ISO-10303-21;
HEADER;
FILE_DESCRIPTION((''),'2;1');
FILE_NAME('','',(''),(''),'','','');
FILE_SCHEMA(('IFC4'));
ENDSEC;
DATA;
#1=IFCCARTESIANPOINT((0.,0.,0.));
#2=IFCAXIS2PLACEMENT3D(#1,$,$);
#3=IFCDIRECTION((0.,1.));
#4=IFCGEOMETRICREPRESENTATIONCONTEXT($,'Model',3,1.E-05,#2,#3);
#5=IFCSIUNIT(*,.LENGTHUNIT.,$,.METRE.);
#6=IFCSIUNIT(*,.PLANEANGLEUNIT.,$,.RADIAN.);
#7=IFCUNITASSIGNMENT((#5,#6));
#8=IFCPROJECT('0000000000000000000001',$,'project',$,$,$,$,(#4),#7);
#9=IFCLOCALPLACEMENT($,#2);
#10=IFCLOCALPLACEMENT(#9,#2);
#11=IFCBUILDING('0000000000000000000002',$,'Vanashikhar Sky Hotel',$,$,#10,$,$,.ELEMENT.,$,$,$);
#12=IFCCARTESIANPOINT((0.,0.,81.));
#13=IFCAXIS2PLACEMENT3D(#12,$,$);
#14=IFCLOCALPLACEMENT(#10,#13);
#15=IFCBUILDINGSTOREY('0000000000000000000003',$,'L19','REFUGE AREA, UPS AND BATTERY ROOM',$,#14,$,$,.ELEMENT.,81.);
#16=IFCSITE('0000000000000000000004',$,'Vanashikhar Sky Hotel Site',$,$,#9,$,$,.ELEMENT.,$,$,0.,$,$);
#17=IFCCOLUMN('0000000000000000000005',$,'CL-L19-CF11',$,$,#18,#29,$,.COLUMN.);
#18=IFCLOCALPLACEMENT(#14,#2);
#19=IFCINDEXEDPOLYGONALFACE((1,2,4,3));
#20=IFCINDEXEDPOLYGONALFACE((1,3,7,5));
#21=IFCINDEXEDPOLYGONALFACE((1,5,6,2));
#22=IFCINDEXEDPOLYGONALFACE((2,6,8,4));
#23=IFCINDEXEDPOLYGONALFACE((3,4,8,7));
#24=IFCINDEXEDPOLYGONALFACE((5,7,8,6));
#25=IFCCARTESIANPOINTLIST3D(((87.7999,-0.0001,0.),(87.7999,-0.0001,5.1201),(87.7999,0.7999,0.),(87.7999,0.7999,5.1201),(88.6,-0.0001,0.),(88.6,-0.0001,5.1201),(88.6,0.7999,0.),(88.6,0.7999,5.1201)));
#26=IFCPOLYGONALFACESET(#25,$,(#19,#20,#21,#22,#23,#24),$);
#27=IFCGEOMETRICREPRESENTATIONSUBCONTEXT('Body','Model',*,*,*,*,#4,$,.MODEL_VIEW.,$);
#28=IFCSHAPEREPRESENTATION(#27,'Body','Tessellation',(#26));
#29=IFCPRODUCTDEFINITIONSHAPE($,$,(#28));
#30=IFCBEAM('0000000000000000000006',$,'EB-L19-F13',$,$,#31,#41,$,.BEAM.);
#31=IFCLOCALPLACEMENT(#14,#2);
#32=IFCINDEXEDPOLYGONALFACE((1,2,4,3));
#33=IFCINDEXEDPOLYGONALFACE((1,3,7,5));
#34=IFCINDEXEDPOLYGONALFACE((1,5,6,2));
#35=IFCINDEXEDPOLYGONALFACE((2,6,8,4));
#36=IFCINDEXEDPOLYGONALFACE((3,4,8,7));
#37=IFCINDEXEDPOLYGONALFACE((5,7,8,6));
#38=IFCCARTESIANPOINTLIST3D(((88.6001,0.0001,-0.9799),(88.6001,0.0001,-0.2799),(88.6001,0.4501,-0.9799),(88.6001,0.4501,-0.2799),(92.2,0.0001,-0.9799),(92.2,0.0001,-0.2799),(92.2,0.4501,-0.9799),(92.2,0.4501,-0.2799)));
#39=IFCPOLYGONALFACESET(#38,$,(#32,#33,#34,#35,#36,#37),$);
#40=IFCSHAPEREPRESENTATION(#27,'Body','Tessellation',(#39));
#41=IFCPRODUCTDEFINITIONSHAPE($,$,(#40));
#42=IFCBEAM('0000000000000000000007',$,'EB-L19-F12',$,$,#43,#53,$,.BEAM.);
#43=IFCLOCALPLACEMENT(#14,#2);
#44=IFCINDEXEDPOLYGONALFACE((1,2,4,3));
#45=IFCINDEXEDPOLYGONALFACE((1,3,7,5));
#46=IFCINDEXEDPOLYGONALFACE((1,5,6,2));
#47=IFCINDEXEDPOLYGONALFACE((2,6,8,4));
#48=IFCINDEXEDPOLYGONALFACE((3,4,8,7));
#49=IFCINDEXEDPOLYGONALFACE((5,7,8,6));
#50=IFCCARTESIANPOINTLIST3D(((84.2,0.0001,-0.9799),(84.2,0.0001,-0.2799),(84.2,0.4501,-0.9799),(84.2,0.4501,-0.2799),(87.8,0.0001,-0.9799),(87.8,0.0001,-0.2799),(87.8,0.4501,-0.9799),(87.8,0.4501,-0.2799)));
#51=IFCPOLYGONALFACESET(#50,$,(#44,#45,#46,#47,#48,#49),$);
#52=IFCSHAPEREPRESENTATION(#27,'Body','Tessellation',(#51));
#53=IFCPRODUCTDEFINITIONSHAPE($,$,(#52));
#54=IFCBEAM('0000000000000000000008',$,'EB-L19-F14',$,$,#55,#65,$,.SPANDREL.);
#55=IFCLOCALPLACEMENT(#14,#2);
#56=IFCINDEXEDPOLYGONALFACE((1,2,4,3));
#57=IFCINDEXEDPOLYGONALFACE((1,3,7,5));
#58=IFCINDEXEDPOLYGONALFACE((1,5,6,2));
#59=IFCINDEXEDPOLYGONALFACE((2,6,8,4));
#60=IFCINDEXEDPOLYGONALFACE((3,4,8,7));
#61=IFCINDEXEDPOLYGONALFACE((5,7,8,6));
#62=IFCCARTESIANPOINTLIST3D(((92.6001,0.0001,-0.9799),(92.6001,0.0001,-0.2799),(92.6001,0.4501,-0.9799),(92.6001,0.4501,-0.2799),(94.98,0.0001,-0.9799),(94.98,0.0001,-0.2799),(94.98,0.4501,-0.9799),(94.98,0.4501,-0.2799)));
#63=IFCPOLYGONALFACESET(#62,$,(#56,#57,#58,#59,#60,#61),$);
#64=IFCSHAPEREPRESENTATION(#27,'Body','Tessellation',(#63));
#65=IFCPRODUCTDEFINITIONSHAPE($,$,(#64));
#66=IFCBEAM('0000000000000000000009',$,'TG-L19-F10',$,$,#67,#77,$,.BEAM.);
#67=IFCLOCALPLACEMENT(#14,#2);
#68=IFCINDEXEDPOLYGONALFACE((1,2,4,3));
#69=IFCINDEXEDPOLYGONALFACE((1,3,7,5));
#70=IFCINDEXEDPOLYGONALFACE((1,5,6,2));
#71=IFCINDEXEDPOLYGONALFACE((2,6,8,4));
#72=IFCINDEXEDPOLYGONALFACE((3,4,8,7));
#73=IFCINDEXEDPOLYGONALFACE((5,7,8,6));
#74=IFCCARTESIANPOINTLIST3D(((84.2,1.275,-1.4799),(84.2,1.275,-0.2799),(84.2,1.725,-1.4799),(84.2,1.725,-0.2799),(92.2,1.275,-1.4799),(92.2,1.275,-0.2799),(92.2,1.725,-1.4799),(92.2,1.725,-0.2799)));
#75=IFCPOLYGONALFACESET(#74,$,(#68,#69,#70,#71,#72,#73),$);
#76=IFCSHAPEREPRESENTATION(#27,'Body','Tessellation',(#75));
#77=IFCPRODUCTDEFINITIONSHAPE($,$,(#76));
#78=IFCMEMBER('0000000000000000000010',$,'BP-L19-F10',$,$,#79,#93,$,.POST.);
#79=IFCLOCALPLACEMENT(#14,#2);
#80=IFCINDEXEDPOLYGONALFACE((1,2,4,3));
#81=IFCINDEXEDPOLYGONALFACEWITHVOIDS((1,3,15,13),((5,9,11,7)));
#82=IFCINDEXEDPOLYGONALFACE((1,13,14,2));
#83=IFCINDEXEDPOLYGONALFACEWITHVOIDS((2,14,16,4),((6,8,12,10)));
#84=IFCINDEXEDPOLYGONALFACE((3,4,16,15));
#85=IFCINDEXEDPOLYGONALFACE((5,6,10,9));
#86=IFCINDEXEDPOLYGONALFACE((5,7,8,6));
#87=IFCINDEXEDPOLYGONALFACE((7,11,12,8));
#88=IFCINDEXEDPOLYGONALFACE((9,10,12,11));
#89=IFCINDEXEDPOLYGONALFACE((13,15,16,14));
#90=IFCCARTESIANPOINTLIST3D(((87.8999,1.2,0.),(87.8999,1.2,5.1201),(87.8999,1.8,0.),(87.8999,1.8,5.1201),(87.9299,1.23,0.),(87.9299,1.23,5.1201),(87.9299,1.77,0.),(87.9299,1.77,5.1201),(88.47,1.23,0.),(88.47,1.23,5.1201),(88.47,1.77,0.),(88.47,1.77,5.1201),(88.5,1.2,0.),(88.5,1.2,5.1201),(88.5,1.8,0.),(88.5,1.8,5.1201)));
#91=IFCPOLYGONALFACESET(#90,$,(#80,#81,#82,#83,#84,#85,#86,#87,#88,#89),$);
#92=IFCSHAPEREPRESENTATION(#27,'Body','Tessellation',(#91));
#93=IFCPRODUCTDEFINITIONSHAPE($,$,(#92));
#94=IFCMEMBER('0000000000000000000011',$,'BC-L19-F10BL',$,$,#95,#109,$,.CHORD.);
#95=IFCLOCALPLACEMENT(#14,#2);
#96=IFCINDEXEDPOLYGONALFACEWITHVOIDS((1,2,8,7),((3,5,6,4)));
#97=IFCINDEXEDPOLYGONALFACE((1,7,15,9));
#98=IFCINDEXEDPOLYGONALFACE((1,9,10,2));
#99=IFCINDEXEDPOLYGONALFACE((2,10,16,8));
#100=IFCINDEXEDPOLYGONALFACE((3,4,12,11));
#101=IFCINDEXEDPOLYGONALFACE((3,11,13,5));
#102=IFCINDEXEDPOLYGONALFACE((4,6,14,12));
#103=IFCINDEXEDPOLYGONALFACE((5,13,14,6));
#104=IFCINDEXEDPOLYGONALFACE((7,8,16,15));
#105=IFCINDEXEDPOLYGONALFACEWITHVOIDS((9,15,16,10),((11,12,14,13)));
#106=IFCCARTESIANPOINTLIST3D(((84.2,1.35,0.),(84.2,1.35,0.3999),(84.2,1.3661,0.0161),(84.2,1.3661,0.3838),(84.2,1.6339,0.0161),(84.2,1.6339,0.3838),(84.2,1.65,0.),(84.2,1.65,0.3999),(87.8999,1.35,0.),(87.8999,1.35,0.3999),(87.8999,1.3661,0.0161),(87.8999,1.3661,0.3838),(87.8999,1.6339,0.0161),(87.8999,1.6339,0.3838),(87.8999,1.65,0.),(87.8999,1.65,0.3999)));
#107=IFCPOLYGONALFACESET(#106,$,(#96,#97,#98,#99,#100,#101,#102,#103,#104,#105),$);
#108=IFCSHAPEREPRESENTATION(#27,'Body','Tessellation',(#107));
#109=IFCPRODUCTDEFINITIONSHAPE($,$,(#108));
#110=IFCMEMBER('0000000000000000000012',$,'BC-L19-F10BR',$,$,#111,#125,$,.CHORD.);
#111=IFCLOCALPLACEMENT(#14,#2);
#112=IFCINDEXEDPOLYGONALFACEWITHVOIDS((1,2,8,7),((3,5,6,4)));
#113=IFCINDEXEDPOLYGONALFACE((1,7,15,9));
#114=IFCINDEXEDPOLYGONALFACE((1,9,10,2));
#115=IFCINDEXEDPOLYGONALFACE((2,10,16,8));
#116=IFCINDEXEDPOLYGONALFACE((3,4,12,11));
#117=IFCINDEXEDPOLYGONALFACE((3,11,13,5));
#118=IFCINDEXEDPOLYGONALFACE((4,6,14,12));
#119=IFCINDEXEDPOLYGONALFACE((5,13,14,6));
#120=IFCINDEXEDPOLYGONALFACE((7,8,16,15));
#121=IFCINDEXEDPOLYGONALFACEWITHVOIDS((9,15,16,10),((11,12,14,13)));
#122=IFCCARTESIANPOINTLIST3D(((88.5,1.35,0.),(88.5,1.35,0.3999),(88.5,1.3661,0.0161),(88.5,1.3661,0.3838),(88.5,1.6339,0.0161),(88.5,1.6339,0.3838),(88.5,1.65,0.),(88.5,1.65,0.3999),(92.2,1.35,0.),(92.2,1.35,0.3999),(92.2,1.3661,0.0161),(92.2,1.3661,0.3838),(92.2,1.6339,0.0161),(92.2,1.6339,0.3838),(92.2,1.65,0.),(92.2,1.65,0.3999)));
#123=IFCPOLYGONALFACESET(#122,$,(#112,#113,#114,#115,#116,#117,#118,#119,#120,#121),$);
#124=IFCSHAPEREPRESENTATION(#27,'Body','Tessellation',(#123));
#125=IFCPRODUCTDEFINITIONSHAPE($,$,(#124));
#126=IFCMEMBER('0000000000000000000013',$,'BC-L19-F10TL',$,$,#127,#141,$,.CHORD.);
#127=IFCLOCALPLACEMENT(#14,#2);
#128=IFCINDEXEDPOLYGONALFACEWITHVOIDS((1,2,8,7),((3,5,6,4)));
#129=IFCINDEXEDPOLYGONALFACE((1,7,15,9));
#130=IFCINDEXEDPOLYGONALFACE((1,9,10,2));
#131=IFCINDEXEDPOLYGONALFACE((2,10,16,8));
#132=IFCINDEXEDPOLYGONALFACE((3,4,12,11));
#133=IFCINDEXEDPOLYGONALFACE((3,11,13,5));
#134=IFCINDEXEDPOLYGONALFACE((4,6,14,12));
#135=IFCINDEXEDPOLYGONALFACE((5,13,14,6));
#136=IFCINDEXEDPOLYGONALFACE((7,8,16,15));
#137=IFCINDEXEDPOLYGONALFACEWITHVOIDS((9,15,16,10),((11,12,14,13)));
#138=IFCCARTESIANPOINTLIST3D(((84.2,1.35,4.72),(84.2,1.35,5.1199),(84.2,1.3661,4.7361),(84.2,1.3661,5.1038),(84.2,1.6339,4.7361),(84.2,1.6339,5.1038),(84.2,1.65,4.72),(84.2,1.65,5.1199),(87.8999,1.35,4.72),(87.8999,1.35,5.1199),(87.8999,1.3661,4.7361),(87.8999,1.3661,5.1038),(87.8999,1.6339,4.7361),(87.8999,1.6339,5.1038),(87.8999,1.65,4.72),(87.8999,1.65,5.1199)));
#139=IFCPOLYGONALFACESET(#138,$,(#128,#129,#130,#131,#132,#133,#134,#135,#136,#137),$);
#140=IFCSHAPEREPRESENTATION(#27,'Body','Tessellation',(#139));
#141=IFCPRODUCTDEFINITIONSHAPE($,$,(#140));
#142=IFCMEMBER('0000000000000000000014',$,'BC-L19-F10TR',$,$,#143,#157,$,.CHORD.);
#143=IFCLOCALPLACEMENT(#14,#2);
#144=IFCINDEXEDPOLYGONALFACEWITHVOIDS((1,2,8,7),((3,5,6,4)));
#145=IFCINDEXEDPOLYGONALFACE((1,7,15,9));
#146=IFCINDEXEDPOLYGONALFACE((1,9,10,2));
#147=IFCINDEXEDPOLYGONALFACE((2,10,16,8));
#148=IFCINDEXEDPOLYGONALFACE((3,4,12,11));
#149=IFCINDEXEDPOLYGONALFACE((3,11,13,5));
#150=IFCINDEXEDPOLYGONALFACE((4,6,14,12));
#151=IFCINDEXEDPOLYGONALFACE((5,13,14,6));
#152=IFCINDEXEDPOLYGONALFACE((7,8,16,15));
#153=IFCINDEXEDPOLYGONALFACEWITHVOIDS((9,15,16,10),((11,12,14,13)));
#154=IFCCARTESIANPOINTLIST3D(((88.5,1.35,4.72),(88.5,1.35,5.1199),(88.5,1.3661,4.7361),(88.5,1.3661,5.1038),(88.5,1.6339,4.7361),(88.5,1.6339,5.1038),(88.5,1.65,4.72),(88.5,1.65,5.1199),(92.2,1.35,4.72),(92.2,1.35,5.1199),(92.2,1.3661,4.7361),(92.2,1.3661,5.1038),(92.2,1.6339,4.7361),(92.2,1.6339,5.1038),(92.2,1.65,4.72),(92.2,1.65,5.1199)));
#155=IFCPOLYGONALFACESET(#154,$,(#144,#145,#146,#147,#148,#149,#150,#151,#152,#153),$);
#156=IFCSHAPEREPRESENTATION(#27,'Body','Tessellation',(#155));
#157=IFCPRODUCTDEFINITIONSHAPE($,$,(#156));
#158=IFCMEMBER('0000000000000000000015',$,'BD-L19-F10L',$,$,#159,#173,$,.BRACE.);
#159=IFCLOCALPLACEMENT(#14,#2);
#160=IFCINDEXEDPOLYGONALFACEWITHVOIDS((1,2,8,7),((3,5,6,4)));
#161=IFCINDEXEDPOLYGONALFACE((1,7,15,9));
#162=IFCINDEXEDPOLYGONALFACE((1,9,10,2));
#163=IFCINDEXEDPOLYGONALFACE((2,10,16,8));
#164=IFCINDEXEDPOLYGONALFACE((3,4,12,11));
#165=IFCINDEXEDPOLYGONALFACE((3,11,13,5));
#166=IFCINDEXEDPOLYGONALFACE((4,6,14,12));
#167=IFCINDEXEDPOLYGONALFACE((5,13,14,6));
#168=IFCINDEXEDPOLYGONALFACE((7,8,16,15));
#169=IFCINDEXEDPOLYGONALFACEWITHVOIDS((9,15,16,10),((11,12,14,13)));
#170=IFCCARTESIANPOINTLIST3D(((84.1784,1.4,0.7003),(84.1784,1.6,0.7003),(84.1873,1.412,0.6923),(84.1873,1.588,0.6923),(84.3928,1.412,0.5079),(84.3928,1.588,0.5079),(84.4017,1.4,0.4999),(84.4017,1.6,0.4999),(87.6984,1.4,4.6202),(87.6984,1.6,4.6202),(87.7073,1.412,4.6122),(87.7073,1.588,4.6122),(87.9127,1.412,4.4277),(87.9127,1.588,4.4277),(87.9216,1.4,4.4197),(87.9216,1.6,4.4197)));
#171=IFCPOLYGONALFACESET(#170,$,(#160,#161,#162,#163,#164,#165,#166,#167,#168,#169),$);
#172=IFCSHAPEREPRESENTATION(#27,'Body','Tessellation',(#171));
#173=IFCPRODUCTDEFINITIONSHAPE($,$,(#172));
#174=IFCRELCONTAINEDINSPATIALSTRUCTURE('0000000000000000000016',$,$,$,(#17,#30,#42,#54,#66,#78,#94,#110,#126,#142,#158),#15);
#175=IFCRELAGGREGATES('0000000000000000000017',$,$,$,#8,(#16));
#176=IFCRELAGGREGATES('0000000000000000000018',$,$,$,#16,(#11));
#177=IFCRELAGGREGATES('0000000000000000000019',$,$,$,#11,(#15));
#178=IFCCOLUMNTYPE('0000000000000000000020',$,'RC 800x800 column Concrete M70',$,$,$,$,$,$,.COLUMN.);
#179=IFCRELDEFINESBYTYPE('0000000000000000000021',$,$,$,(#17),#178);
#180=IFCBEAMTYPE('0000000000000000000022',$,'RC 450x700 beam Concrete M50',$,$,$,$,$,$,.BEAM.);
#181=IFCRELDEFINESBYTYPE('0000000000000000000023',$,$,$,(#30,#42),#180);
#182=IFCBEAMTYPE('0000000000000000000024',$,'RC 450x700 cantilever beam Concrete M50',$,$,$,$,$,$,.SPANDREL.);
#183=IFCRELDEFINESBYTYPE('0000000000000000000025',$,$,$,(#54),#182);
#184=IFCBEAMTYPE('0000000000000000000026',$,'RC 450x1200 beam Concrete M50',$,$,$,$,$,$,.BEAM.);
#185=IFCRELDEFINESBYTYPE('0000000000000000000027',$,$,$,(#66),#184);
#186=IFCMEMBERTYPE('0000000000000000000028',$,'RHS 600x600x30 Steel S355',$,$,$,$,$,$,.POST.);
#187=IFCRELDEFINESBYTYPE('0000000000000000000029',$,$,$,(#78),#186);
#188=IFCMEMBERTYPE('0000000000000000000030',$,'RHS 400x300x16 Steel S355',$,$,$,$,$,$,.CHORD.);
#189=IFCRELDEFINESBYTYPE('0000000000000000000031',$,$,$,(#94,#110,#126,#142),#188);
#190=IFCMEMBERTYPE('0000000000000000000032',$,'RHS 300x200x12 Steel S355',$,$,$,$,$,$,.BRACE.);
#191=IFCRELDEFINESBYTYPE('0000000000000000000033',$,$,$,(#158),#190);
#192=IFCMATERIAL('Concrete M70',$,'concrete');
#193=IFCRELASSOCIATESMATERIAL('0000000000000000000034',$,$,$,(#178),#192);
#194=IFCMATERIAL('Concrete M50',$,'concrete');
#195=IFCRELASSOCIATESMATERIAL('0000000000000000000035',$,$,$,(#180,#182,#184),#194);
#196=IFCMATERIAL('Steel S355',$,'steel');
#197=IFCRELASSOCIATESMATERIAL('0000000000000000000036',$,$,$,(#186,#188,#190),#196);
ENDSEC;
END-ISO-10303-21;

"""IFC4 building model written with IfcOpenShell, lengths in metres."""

from ifc_helpers import new_model, si_unit, direction, frame, origin, origin_2d, place, context, subcontext, project, spatial, rectangle, hollow_rectangle, extrude, source, transform, mapped, material, material_profile, profile_set, type_object, element, save


model = new_model("IFC4")

# Units and contexts
model_context = context("Model", 3, precision=1e-05, world=origin(), true_north=direction((0.0, 1.0)))
body_context = subcontext(model_context, "Body", "Model", "MODEL_VIEW")
ifc_project = project(units=[si_unit("LENGTHUNIT", "METRE"), si_unit("PLANEANGLEUNIT", "RADIAN")], contexts=[model_context])

# Site, building, storey
site_placement = place(None, origin())
site = spatial("IfcSite", under=ifc_project, at=site_placement, Name="Vanashikhar Sky Hotel Site", CompositionType="ELEMENT", RefElevation=0.0)
building_placement = place(site_placement, origin())
building = spatial("IfcBuilding", under=site, at=building_placement, Name="Vanashikhar Sky Hotel", CompositionType="ELEMENT")
storey_placement = place(building_placement, frame((0.0, 0.0, 81.0)))
storey = spatial("IfcBuildingStorey", under=building, at=storey_placement, Name="L19", Description="REFUGE AREA, UPS AND BATTERY ROOM", CompositionType="ELEMENT", Elevation=81.0)

# Column
ifc_material_1 = material(Name="Concrete M70", Category="concrete")
ifc_material_profile_1 = material_profile(ifc_material_1, rectangle(XDim=0.8, YDim=0.8, at=origin_2d()))
ifc_profile_set_1 = profile_set([ifc_material_profile_1], Name="RC 800x800 column Concrete M70")
column_type = type_object("IfcColumnType", Name="RC 800x800 column Concrete M70", PredefinedType="COLUMN", material=ifc_profile_set_1)
shared_shape_1 = source(origin(), body_context, "Body", "SweptSolid", [
    extrude(rectangle(XDim=0.8, YDim=0.8, at=origin_2d()), origin(), (0.0, 0.0, 1.0), 5.1201),
])
column_placement = place(storey_placement, frame((88.2, 0.3999, 0.0), z_axis=(0.0, 0.0, 1.0), x_axis=(1.0, 0.0, 0.0)))
element("IfcColumn", 1, at=column_placement, inside=storey, type_object=column_type, Name="CL-L19-CF11", PredefinedType="COLUMN", context=body_context, shape_type="MappedRepresentation", body=[
    mapped(shared_shape_1, transform((0.0, 0.0, 0.0), scale=1.0)),
])

# Beams
ifc_material_2 = material(Name="Concrete M50", Category="concrete")
ifc_material_profile_2 = material_profile(ifc_material_2, rectangle(XDim=0.45, YDim=0.7, at=origin_2d()))
ifc_profile_set_2 = profile_set([ifc_material_profile_2], Name="RC 450x700 beam Concrete M50")
beam_type_1 = type_object("IfcBeamType", Name="RC 450x700 beam Concrete M50", PredefinedType="BEAM", material=ifc_profile_set_2)
shared_shape_2 = source(origin(), body_context, "Body", "SweptSolid", [
    extrude(rectangle(XDim=0.45, YDim=0.7, at=origin_2d()), origin(), (0.0, 0.0, 1.0), 3.5999),
])
beam_1_placement = place(storey_placement, frame((88.6001, 0.2251, -0.6299), z_axis=(1.0, 0.0, 0.0), x_axis=(0.0, 1.0, 0.0)))
element("IfcBeam", 2, at=beam_1_placement, inside=storey, type_object=beam_type_1, Name="EB-L19-F13", PredefinedType="BEAM", context=body_context, shape_type="MappedRepresentation", body=[
    mapped(shared_shape_2, transform((0.0, 0.0, 0.0), scale=1.0)),
])
shared_shape_3 = source(origin(), body_context, "Body", "SweptSolid", [
    extrude(rectangle(XDim=0.45, YDim=0.7, at=origin_2d()), origin(), (0.0, 0.0, 1.0), 3.6001),
])
beam_2_placement = place(storey_placement, frame((84.2, 0.2251, -0.6299), z_axis=(1.0, 0.0, 0.0), x_axis=(0.0, 1.0, 0.0)))
element("IfcBeam", 3, at=beam_2_placement, inside=storey, type_object=beam_type_1, Name="EB-L19-F12", PredefinedType="BEAM", context=body_context, shape_type="MappedRepresentation", body=[
    mapped(shared_shape_3, transform((0.0, 0.0, 0.0), scale=1.0)),
])
ifc_material_profile_3 = material_profile(ifc_material_2, rectangle(XDim=0.45, YDim=0.7, at=origin_2d()))
ifc_profile_set_3 = profile_set([ifc_material_profile_3], Name="RC 450x700 cantilever beam Concrete M50")
beam_type_2 = type_object("IfcBeamType", Name="RC 450x700 cantilever beam Concrete M50", PredefinedType="SPANDREL", material=ifc_profile_set_3)
shared_shape_4 = source(origin(), body_context, "Body", "SweptSolid", [
    extrude(rectangle(XDim=0.45, YDim=0.7, at=origin_2d()), origin(), (0.0, 0.0, 1.0), 2.3799),
])
beam_3_placement = place(storey_placement, frame((92.6001, 0.2251, -0.6299), z_axis=(1.0, 0.0, 0.0), x_axis=(0.0, 1.0, 0.0)))
element("IfcBeam", 4, at=beam_3_placement, inside=storey, type_object=beam_type_2, Name="EB-L19-F14", PredefinedType="SPANDREL", context=body_context, shape_type="MappedRepresentation", body=[
    mapped(shared_shape_4, transform((0.0, 0.0, 0.0), scale=1.0)),
])
ifc_material_profile_4 = material_profile(ifc_material_2, rectangle(XDim=0.45, YDim=1.2, at=origin_2d()))
ifc_profile_set_4 = profile_set([ifc_material_profile_4], Name="RC 450x1200 beam Concrete M50")
beam_type_3 = type_object("IfcBeamType", Name="RC 450x1200 beam Concrete M50", PredefinedType="BEAM", material=ifc_profile_set_4)
shared_shape_5 = source(origin(), body_context, "Body", "SweptSolid", [
    extrude(rectangle(XDim=0.45, YDim=1.2, at=origin_2d()), origin(), (0.0, 0.0, 1.0), 8.0),
])
beam_4_placement = place(storey_placement, frame((84.2, 1.5, -0.8799), z_axis=(1.0, 0.0, 0.0), x_axis=(0.0, 1.0, 0.0)))
element("IfcBeam", 5, at=beam_4_placement, inside=storey, type_object=beam_type_3, Name="TG-L19-F10", PredefinedType="BEAM", context=body_context, shape_type="MappedRepresentation", body=[
    mapped(shared_shape_5, transform((0.0, 0.0, 0.0), scale=1.0)),
])

# Members
ifc_material_3 = material(Name="Steel S355", Category="steel")
ifc_material_profile_5 = material_profile(ifc_material_3, hollow_rectangle(XDim=0.6001, YDim=0.6001, WallThickness=0.03, at=origin_2d()))
ifc_profile_set_5 = profile_set([ifc_material_profile_5], Name="RHS 600x600x30 Steel S355")
member_type_1 = type_object("IfcMemberType", Name="RHS 600x600x30 Steel S355", PredefinedType="POST", material=ifc_profile_set_5)
shared_shape_6 = source(origin(), body_context, "Body", "SweptSolid", [
    extrude(hollow_rectangle(XDim=0.6001, YDim=0.6001, WallThickness=0.03, at=origin_2d()), origin(), (0.0, 0.0, 1.0), 5.1201),
])
member_1_placement = place(storey_placement, frame((88.2, 1.5, 0.0), z_axis=(0.0, 0.0, 1.0), x_axis=(1.0, 0.0, 0.0)))
element("IfcMember", 6, at=member_1_placement, inside=storey, type_object=member_type_1, Name="BP-L19-F10", PredefinedType="POST", context=body_context, shape_type="MappedRepresentation", body=[
    mapped(shared_shape_6, transform((0.0, 0.0, 0.0), scale=1.0)),
])
ifc_material_profile_6 = material_profile(ifc_material_3, hollow_rectangle(XDim=0.3, YDim=0.3999, WallThickness=0.0161, at=origin_2d()))
ifc_profile_set_6 = profile_set([ifc_material_profile_6], Name="RHS 400x300x16 Steel S355")
member_type_2 = type_object("IfcMemberType", Name="RHS 400x300x16 Steel S355", PredefinedType="CHORD", material=ifc_profile_set_6)
shared_shape_7 = source(origin(), body_context, "Body", "SweptSolid", [
    extrude(hollow_rectangle(XDim=0.3, YDim=0.3999, WallThickness=0.0161, at=origin_2d()), origin(), (0.0, 0.0, 1.0), 3.7),
])
for number, where, z_axis, x_axis, name in (
    (7, (84.2, 1.5, 0.2), (1.0, 0.0, 0.0), (0.0, 1.0, 0.0), "BC-L19-F10BL"),
    (8, (88.5, 1.5, 0.2), (1.0, 0.0, 0.0), (0.0, 1.0, 0.0), "BC-L19-F10BR"),
    (9, (84.2, 1.5, 4.9199), (1.0, 0.0, 0.0), (0.0, 1.0, 0.0), "BC-L19-F10TL"),
    (10, (88.5, 1.5, 4.9199), (1.0, 0.0, 0.0), (0.0, 1.0, 0.0), "BC-L19-F10TR"),
):
    element("IfcMember", number, at=place(storey_placement, frame(where, z_axis=z_axis, x_axis=x_axis)), inside=storey, type_object=member_type_2, Name=name, PredefinedType="CHORD", context=body_context, shape_type="MappedRepresentation", body=[
        mapped(shared_shape_7, transform((0.0, 0.0, 0.0), scale=1.0)),
    ])
ifc_material_profile_7 = material_profile(ifc_material_3, hollow_rectangle(XDim=0.2, YDim=0.3, WallThickness=0.012, at=origin_2d()))
ifc_profile_set_7 = profile_set([ifc_material_profile_7], Name="RHS 300x200x12 Steel S355")
member_type_3 = type_object("IfcMemberType", Name="RHS 300x200x12 Steel S355", PredefinedType="BRACE", material=ifc_profile_set_7)
shared_shape_8 = source(origin(), body_context, "Body", "SweptSolid", [
    extrude(hollow_rectangle(XDim=0.2, YDim=0.3, WallThickness=0.012, at=origin_2d()), origin(), (0.0, 0.0, 1.0), 5.2683),
])
member_2_placement = place(storey_placement, frame((84.29, 1.5, 0.6001), z_axis=(0.668135, 0.0, 0.74404), x_axis=(0.0, 1.0, 0.0)))
element("IfcMember", 11, at=member_2_placement, inside=storey, type_object=member_type_3, Name="BD-L19-F10L", PredefinedType="BRACE", context=body_context, shape_type="MappedRepresentation", body=[
    mapped(shared_shape_8, transform((0.0, 0.0, 0.0), scale=1.0)),
])

save(model, "model.ifc")
